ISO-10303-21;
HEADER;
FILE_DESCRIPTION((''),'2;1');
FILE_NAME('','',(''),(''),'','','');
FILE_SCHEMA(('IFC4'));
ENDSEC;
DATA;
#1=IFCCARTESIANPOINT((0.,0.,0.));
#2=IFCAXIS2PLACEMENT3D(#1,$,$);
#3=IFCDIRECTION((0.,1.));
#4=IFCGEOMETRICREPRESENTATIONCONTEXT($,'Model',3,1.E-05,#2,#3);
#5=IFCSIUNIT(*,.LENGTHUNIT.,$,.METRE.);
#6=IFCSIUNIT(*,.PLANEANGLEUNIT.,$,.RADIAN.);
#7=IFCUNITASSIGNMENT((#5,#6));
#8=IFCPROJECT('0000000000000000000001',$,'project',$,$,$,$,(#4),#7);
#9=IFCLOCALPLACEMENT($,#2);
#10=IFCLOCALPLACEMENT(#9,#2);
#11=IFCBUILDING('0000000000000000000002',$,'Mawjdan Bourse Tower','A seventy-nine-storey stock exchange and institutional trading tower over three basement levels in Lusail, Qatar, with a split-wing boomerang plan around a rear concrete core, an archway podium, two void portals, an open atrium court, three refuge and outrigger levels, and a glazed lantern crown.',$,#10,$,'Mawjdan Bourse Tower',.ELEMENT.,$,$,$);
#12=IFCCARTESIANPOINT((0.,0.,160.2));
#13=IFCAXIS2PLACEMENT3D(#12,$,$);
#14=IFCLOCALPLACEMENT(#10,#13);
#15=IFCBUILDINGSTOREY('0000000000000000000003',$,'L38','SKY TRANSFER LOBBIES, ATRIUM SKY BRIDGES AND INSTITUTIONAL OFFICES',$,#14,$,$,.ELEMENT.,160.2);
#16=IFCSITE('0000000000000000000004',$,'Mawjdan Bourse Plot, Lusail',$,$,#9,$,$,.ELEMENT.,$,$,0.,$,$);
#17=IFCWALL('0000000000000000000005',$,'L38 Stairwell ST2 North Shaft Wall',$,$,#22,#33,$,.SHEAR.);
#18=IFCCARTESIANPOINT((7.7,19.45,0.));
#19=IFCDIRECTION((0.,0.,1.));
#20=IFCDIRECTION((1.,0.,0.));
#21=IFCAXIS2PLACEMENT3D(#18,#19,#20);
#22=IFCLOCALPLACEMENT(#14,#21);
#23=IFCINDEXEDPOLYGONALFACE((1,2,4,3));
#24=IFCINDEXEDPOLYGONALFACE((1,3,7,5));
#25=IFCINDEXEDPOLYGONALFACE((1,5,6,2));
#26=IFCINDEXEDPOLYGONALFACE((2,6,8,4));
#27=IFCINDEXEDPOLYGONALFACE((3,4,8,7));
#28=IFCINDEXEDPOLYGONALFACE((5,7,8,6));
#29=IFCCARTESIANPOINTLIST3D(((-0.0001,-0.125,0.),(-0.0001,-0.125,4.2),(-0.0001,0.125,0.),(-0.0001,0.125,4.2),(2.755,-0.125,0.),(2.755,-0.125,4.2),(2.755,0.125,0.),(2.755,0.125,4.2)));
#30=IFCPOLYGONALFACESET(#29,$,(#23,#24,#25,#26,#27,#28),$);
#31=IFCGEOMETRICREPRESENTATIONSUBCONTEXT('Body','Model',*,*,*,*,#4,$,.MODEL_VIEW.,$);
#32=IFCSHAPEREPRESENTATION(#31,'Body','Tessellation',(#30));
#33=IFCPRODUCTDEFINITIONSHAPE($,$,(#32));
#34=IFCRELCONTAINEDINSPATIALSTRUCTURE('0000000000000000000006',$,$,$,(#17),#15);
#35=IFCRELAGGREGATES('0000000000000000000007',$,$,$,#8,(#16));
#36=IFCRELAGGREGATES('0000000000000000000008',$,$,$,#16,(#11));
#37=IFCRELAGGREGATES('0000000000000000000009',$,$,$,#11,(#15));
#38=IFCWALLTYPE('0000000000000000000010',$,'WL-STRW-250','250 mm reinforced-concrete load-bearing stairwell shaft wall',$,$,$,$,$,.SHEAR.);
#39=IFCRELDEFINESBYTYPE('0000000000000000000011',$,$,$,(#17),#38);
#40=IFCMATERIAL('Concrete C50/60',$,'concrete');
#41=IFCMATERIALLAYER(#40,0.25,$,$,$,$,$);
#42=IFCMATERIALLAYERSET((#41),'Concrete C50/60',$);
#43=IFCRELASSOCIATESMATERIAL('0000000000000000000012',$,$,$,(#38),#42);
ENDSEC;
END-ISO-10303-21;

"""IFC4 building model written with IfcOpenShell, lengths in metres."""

from ifc_helpers import new_model, si_unit, direction, frame, frame_2d, origin, place, context, subcontext, project, spatial, rectangle, extrude, material, layer, layer_set, type_object, element, save


model = new_model("IFC4")

# Units and contexts
model_context = context("Model", 3, precision=1e-05, world=origin(), true_north=direction((0.0, 1.0)))
body_context = subcontext(model_context, "Body", "Model", "MODEL_VIEW")
ifc_project = project(units=[si_unit("LENGTHUNIT", "METRE"), si_unit("PLANEANGLEUNIT", "RADIAN")], contexts=[model_context])

# Site, building, storey
site_placement = place(None, origin())
site = spatial("IfcSite", under=ifc_project, at=site_placement, Name="Mawjdan Bourse Plot, Lusail", CompositionType="ELEMENT", RefElevation=0.0)
building_placement = place(site_placement, origin())
building = spatial("IfcBuilding", under=site, at=building_placement, Name="Mawjdan Bourse Tower", Description="A seventy-nine-storey stock exchange and institutional trading tower over three basement levels in Lusail, Qatar, with a split-wing boomerang plan around a rear concrete core, an archway podium, two void portals, an open atrium court, three refuge and outrigger levels, and a glazed lantern crown.", LongName="Mawjdan Bourse Tower", CompositionType="ELEMENT")
storey_placement = place(building_placement, frame((0.0, 0.0, 160.2)))
storey = spatial("IfcBuildingStorey", under=building, at=storey_placement, Name="L38", Description="SKY TRANSFER LOBBIES, ATRIUM SKY BRIDGES AND INSTITUTIONAL OFFICES", CompositionType="ELEMENT", Elevation=160.2)

# Wall
ifc_material_1 = material(Name="Concrete C50/60", Category="concrete")
ifc_layer_1 = layer(ifc_material_1, 0.25)
ifc_layer_set_1 = layer_set([ifc_layer_1], Name="Concrete C50/60")
wall_type_1 = type_object("IfcWallType", Name="WL-STRW-250", Description="250 mm reinforced-concrete load-bearing stairwell shaft wall", PredefinedType="SHEAR", material=ifc_layer_set_1)
wall_1_placement = place(storey_placement, frame((7.7, 19.45, 0.0), z_axis=(0.0, 0.0, 1.0), x_axis=(1.0, 0.0, 0.0)))
element("IfcWall", 1, at=wall_1_placement, inside=storey, type_object=wall_type_1, Name="L38 Stairwell ST2 North Shaft Wall", PredefinedType="SHEAR", context=body_context, shape_type="SweptSolid", body=[
    extrude(rectangle(XDim=2.7551, YDim=0.25, at=frame_2d((1.3774, 0.0))), origin(), (0.0, 0.0, 1.0), 4.2),
])

save(model, "model.ifc")
